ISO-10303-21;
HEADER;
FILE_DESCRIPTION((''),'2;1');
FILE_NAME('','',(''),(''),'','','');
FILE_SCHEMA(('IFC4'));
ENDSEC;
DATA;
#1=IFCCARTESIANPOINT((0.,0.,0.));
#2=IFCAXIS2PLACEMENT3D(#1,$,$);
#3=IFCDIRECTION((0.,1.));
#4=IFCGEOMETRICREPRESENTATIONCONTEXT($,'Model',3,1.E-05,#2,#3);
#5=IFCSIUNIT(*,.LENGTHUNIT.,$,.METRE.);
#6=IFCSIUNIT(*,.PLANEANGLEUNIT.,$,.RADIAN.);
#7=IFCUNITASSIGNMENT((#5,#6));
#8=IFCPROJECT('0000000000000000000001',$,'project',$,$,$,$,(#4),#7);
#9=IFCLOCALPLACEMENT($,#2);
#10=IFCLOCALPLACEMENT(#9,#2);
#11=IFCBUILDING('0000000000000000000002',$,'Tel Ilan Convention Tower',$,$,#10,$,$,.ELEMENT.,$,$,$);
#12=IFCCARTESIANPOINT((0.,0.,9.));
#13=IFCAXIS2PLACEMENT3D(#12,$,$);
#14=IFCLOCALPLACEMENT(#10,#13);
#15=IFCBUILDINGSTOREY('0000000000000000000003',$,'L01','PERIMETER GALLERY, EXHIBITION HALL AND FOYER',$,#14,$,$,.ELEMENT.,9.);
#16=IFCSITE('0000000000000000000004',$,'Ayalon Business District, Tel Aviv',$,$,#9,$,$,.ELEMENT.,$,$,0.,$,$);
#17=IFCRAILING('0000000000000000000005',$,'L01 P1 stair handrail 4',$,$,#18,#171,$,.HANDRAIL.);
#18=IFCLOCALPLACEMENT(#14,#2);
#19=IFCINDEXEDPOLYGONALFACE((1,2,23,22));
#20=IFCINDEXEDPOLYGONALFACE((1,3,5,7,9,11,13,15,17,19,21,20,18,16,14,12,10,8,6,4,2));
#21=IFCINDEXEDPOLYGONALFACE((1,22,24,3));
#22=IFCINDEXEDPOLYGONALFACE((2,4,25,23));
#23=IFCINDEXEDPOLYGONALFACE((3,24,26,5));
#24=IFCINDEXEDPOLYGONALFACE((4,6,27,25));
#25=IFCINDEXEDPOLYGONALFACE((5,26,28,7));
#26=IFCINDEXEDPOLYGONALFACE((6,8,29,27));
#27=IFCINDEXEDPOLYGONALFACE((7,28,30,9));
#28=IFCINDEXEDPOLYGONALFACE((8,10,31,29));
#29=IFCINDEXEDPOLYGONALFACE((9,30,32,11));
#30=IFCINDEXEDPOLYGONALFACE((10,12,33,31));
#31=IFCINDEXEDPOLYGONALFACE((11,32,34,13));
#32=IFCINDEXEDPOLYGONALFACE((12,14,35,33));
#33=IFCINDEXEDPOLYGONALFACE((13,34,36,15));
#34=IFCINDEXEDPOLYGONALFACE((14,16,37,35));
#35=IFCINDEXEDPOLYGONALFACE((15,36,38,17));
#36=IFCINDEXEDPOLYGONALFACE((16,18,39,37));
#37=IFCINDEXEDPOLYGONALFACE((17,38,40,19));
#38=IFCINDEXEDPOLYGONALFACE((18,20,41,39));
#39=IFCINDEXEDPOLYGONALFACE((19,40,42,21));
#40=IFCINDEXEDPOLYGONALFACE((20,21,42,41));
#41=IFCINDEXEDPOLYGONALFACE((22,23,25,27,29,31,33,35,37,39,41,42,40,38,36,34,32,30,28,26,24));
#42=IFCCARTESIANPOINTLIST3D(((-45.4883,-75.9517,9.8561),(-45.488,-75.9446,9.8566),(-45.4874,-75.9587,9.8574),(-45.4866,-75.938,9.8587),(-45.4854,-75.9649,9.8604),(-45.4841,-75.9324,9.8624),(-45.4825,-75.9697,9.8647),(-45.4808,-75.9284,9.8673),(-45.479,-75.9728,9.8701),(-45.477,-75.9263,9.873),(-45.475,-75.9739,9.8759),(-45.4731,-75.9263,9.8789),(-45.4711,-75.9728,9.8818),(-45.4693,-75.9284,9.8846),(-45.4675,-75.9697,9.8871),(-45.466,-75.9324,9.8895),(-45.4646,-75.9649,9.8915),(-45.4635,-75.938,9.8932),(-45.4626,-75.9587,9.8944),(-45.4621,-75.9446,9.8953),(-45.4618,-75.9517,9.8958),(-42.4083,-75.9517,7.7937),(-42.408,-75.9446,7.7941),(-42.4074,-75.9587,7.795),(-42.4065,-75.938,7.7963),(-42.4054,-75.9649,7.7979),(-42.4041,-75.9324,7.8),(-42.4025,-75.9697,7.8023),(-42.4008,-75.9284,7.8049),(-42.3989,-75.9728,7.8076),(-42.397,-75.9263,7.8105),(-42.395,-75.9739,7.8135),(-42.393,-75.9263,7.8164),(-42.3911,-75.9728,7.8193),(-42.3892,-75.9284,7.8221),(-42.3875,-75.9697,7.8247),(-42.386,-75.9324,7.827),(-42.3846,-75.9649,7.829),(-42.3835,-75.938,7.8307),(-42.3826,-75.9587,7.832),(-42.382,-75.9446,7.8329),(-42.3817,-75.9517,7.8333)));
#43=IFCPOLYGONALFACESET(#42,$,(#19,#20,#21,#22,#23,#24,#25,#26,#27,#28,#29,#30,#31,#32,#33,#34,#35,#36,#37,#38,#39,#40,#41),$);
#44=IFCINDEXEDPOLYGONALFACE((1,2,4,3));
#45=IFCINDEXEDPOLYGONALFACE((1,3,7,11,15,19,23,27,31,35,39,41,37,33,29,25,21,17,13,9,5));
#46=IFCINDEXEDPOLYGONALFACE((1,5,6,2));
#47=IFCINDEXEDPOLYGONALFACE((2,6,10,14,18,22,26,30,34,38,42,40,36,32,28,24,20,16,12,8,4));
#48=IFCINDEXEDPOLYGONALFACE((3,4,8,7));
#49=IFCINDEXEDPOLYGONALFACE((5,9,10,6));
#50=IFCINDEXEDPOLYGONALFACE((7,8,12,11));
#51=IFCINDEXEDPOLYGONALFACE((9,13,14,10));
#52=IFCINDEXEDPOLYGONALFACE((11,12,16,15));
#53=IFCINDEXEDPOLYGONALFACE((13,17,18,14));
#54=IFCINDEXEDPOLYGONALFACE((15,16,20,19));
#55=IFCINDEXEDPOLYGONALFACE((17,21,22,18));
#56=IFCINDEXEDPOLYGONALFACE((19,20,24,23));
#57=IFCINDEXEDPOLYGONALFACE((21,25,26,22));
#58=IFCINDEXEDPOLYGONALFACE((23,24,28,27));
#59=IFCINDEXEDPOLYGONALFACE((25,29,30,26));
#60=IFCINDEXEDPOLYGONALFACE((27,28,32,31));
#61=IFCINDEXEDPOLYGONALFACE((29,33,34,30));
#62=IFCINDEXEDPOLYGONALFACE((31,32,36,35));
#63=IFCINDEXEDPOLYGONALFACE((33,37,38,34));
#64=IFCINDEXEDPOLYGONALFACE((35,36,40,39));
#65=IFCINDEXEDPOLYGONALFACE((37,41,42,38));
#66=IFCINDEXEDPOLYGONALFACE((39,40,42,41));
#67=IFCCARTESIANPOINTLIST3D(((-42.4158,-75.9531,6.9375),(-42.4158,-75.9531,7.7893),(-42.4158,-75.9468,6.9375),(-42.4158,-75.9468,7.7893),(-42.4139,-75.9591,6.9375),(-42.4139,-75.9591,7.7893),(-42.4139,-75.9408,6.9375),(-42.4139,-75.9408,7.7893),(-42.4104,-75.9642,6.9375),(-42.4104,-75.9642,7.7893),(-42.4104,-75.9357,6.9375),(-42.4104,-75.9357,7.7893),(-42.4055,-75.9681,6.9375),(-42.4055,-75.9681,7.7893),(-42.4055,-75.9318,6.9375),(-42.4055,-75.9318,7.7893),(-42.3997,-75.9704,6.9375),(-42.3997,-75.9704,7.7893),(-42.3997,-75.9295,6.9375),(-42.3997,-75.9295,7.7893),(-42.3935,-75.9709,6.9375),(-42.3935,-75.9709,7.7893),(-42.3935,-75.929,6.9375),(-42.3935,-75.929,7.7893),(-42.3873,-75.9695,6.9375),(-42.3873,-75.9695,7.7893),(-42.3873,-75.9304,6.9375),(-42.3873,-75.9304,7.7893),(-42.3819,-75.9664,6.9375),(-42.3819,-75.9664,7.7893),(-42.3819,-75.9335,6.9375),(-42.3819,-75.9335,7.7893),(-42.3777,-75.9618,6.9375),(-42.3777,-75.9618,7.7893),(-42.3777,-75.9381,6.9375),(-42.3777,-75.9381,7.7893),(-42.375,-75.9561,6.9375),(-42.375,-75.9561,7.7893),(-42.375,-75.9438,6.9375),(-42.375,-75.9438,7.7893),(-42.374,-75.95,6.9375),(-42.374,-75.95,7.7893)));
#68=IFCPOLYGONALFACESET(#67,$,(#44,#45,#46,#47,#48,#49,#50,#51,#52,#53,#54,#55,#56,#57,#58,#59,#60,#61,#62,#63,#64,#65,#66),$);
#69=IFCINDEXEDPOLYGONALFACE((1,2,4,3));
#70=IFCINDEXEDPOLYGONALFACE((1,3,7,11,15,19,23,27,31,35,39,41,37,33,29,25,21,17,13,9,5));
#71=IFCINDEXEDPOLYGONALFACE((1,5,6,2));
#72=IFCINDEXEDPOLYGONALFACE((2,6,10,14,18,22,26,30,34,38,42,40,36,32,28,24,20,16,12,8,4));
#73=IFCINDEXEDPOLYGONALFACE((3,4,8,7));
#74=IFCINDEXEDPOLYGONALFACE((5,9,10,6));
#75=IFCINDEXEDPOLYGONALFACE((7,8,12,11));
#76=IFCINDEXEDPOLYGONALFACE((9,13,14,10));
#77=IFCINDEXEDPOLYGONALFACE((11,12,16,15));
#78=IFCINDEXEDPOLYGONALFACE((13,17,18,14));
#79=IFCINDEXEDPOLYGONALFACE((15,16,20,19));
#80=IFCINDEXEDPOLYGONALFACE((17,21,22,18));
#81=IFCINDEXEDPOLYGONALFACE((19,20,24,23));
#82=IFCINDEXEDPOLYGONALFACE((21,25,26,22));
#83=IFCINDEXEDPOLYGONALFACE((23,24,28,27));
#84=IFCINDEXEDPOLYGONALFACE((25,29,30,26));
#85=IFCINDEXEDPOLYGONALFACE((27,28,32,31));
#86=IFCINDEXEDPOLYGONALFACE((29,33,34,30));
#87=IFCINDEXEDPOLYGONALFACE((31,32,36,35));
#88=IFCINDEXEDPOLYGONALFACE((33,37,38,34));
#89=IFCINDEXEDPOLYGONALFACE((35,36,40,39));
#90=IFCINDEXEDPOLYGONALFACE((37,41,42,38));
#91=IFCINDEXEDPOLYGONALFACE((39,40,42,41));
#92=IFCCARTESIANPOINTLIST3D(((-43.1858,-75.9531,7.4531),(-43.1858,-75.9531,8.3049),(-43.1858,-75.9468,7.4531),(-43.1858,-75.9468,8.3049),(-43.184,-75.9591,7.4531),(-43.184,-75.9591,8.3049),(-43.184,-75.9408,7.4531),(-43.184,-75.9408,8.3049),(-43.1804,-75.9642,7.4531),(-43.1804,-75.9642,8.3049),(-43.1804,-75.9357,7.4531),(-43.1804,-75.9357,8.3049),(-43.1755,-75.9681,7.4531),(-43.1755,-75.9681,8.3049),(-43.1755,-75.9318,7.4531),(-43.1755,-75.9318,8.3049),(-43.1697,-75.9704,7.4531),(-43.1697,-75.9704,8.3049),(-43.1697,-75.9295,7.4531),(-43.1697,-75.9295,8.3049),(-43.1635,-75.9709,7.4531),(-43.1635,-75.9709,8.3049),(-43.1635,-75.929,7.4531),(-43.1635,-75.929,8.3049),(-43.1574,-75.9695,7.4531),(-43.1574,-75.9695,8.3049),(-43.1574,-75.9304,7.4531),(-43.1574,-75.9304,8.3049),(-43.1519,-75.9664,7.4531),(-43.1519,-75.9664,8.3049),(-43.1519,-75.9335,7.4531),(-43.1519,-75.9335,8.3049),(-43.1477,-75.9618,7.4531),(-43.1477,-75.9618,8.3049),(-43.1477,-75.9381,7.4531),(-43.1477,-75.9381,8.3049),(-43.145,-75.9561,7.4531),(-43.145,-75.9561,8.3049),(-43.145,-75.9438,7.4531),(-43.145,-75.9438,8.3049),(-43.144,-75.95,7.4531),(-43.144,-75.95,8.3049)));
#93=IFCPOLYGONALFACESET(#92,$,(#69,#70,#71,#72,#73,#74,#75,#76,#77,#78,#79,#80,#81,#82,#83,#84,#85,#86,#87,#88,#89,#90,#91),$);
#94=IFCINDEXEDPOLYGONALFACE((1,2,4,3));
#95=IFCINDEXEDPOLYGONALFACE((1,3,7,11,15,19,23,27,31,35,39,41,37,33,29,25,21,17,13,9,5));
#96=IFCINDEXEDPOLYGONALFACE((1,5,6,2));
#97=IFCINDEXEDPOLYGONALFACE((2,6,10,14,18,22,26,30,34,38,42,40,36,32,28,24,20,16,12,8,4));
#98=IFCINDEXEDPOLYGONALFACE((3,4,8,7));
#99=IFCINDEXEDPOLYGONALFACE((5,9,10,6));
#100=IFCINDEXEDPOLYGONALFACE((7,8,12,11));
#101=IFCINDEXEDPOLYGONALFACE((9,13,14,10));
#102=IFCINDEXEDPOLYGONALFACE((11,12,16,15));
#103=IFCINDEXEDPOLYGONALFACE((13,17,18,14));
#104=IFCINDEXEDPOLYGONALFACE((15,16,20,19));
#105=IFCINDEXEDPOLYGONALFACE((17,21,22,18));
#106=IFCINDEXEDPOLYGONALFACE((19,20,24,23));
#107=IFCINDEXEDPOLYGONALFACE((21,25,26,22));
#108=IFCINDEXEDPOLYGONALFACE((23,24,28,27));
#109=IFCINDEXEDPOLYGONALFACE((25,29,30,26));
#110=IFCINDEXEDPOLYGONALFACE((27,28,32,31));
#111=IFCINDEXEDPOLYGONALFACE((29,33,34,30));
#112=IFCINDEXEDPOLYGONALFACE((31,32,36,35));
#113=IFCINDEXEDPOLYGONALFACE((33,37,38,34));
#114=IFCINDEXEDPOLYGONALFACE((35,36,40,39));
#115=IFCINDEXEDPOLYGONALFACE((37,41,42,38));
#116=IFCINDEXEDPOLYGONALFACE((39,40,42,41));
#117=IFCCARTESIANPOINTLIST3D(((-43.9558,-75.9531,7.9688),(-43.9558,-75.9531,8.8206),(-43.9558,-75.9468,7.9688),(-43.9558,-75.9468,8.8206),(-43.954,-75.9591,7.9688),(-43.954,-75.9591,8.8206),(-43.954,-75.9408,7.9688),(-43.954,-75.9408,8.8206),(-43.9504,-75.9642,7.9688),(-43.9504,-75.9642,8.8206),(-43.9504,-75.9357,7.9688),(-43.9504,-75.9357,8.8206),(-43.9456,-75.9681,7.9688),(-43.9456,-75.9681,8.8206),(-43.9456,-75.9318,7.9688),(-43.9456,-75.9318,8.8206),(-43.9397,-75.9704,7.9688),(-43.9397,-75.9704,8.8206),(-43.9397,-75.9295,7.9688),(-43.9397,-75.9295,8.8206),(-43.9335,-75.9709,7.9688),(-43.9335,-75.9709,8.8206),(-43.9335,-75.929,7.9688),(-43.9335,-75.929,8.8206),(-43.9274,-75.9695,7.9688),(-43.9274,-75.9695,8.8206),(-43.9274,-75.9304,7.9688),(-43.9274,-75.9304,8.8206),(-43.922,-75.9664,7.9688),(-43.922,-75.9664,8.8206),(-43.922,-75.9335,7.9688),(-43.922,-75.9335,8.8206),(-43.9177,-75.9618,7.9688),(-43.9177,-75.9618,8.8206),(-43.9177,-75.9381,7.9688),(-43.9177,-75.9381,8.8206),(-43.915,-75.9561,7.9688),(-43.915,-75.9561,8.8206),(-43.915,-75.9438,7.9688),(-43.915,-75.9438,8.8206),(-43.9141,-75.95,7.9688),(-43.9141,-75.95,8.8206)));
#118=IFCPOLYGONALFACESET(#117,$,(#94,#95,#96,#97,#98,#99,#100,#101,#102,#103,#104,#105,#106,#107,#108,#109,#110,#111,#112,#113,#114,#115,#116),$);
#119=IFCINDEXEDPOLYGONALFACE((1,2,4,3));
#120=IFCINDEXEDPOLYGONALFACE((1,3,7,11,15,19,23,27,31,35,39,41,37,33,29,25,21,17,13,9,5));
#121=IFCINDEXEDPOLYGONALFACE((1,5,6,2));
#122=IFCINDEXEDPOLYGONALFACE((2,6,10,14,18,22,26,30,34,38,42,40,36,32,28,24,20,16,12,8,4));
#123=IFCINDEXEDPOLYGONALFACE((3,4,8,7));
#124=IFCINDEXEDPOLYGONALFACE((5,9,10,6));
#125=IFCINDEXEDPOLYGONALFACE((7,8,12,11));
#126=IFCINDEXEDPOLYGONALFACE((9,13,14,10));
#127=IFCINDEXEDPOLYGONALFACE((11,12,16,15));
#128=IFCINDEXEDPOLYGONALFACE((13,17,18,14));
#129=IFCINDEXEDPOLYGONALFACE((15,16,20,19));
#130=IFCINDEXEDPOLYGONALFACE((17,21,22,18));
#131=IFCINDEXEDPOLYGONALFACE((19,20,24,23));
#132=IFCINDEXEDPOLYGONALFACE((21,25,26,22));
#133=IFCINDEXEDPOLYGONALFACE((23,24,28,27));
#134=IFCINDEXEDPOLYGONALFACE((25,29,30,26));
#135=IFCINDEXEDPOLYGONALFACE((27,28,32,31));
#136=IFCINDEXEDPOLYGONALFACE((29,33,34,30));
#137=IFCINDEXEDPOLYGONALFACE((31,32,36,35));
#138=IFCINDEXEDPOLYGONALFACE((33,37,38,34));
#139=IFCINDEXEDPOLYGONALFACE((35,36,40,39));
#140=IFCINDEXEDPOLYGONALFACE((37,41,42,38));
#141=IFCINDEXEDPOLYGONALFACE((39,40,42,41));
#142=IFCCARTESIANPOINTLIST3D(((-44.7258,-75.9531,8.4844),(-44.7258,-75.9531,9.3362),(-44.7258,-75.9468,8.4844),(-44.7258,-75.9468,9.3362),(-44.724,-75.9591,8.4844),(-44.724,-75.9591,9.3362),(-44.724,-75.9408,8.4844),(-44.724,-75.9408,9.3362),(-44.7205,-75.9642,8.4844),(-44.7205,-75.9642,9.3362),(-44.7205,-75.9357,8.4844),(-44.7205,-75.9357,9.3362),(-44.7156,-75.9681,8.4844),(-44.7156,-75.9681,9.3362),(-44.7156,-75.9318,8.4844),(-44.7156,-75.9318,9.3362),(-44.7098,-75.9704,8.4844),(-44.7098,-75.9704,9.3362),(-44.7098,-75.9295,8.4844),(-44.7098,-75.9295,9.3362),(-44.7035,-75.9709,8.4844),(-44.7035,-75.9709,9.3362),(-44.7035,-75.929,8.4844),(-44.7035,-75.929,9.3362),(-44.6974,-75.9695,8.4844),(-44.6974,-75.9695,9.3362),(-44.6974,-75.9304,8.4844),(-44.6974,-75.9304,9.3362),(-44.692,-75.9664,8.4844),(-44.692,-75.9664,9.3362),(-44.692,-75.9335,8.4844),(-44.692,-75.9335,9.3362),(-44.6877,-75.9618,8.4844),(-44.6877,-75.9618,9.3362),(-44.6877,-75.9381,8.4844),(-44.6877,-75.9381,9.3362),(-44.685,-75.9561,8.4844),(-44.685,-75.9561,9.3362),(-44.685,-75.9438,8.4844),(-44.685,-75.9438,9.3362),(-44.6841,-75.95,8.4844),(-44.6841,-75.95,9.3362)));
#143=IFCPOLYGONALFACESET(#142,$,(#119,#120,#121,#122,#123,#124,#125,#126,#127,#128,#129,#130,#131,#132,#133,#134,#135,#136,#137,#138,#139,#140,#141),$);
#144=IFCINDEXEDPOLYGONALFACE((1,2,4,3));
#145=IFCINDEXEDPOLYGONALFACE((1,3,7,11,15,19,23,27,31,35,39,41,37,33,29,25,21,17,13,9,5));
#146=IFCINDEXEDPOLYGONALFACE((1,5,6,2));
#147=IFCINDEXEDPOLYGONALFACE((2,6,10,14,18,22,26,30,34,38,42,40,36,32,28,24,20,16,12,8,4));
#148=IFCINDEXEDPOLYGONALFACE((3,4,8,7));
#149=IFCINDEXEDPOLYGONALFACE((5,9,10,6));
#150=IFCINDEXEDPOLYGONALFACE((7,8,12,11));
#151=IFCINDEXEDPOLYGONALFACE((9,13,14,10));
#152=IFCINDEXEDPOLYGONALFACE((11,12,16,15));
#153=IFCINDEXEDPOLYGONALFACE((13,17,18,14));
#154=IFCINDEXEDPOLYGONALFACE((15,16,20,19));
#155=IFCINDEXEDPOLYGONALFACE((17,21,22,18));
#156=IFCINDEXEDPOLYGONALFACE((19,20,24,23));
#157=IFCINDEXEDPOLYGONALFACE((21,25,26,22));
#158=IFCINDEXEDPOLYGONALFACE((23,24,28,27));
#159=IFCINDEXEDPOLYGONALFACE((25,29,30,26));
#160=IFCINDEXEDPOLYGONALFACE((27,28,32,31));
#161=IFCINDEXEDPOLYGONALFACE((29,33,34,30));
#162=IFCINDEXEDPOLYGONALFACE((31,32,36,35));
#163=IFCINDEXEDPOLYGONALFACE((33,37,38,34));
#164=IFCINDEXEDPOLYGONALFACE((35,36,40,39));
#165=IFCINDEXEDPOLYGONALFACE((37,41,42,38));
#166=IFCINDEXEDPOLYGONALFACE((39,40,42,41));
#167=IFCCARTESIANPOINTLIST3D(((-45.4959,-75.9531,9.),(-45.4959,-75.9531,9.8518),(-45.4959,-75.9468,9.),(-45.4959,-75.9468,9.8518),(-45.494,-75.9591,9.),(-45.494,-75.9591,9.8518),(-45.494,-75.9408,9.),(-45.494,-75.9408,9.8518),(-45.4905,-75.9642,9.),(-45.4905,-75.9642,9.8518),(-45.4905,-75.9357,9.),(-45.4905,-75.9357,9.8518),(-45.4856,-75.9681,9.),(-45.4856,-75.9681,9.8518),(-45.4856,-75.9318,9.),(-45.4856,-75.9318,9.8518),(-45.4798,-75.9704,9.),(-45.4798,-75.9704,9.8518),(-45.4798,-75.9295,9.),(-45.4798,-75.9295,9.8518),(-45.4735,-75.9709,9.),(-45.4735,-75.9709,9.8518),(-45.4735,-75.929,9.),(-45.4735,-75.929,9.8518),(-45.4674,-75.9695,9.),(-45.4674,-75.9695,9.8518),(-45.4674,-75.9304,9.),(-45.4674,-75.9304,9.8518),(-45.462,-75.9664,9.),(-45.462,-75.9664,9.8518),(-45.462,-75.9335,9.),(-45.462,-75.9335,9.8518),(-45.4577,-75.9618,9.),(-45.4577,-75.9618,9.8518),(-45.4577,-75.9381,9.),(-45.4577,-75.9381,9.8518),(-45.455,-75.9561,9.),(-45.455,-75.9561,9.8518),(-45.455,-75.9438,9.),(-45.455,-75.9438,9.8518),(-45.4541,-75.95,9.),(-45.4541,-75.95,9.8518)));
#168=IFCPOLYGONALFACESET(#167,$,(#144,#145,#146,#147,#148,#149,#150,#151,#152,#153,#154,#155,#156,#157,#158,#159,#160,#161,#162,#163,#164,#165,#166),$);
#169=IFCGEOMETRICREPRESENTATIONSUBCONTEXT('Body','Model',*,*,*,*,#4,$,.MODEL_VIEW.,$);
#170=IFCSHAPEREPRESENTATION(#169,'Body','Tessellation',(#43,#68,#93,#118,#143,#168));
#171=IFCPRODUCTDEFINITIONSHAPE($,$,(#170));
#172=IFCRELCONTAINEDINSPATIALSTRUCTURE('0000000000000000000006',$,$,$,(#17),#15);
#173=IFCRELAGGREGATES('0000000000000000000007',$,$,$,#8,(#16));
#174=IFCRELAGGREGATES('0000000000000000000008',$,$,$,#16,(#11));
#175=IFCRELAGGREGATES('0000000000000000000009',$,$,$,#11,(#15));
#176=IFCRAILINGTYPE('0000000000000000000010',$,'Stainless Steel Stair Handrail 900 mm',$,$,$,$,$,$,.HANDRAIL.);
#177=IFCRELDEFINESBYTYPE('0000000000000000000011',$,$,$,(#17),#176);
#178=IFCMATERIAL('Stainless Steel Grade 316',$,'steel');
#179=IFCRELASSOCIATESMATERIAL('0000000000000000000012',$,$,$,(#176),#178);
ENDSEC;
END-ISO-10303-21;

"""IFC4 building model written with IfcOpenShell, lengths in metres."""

from ifc_helpers import new_model, si_unit, direction, frame, origin, origin_2d, place, context, subcontext, project, spatial, circle, extrude, material, type_object, element, save


model = new_model("IFC4")

# Units and contexts
model_context = context("Model", 3, precision=1e-05, world=origin(), true_north=direction((0.0, 1.0)))
body_context = subcontext(model_context, "Body", "Model", "MODEL_VIEW")
ifc_project = project(units=[si_unit("LENGTHUNIT", "METRE"), si_unit("PLANEANGLEUNIT", "RADIAN")], contexts=[model_context])

# Site, building, storey
site_placement = place(None, origin())
site = spatial("IfcSite", under=ifc_project, at=site_placement, Name="Ayalon Business District, Tel Aviv", CompositionType="ELEMENT", RefElevation=0.0)
building_placement = place(site_placement, origin())
building = spatial("IfcBuilding", under=site, at=building_placement, Name="Tel Ilan Convention Tower", CompositionType="ELEMENT")
storey_placement = place(building_placement, frame((0.0, 0.0, 9.0)))
storey = spatial("IfcBuildingStorey", under=building, at=storey_placement, Name="L01", Description="PERIMETER GALLERY, EXHIBITION HALL AND FOYER", CompositionType="ELEMENT", Elevation=9.0)

# Railing
ifc_material_1 = material(Name="Stainless Steel Grade 316", Category="steel")
railing_type_1 = type_object("IfcRailingType", Name="Stainless Steel Stair Handrail 900 mm", PredefinedType="HANDRAIL", material=ifc_material_1)
for number, where, name in (
    (1, (-42.395, -75.95, 6.9375), "L01 P1 stair handrail 4"),
):
    element("IfcRailing", number, at=place(storey_placement, frame(where)), inside=storey, type_object=railing_type_1, Name=name, PredefinedType="HANDRAIL", context=body_context, shape_type="SweptSolid", body=[
        extrude(circle(Radius=0.0239, at=origin_2d()), frame((0.0, 0.0, 0.876), z_axis=(-0.830914, 0.0, 0.556401), x_axis=(0.0, -1.0, 0.0)), (0.0, 0.0, 1.0), 3.7068),
        extrude(circle(Radius=0.021, at=origin_2d()), origin(), (0.0, 0.0, 1.0), 0.8518),
        extrude(circle(Radius=0.021, at=origin_2d()), frame((-0.77, 0.0, 0.5156)), (0.0, 0.0, 1.0), 0.8518),
        extrude(circle(Radius=0.021, at=origin_2d()), frame((-1.54, 0.0, 1.0312)), (0.0, 0.0, 1.0), 0.8518),
        extrude(circle(Radius=0.021, at=origin_2d()), frame((-2.3101, 0.0, 1.5469)), (0.0, 0.0, 1.0), 0.8518),
        extrude(circle(Radius=0.021, at=origin_2d()), frame((-3.0801, 0.0, 2.0625)), (0.0, 0.0, 1.0), 0.8518),
    ])

save(model, "model.ifc")
